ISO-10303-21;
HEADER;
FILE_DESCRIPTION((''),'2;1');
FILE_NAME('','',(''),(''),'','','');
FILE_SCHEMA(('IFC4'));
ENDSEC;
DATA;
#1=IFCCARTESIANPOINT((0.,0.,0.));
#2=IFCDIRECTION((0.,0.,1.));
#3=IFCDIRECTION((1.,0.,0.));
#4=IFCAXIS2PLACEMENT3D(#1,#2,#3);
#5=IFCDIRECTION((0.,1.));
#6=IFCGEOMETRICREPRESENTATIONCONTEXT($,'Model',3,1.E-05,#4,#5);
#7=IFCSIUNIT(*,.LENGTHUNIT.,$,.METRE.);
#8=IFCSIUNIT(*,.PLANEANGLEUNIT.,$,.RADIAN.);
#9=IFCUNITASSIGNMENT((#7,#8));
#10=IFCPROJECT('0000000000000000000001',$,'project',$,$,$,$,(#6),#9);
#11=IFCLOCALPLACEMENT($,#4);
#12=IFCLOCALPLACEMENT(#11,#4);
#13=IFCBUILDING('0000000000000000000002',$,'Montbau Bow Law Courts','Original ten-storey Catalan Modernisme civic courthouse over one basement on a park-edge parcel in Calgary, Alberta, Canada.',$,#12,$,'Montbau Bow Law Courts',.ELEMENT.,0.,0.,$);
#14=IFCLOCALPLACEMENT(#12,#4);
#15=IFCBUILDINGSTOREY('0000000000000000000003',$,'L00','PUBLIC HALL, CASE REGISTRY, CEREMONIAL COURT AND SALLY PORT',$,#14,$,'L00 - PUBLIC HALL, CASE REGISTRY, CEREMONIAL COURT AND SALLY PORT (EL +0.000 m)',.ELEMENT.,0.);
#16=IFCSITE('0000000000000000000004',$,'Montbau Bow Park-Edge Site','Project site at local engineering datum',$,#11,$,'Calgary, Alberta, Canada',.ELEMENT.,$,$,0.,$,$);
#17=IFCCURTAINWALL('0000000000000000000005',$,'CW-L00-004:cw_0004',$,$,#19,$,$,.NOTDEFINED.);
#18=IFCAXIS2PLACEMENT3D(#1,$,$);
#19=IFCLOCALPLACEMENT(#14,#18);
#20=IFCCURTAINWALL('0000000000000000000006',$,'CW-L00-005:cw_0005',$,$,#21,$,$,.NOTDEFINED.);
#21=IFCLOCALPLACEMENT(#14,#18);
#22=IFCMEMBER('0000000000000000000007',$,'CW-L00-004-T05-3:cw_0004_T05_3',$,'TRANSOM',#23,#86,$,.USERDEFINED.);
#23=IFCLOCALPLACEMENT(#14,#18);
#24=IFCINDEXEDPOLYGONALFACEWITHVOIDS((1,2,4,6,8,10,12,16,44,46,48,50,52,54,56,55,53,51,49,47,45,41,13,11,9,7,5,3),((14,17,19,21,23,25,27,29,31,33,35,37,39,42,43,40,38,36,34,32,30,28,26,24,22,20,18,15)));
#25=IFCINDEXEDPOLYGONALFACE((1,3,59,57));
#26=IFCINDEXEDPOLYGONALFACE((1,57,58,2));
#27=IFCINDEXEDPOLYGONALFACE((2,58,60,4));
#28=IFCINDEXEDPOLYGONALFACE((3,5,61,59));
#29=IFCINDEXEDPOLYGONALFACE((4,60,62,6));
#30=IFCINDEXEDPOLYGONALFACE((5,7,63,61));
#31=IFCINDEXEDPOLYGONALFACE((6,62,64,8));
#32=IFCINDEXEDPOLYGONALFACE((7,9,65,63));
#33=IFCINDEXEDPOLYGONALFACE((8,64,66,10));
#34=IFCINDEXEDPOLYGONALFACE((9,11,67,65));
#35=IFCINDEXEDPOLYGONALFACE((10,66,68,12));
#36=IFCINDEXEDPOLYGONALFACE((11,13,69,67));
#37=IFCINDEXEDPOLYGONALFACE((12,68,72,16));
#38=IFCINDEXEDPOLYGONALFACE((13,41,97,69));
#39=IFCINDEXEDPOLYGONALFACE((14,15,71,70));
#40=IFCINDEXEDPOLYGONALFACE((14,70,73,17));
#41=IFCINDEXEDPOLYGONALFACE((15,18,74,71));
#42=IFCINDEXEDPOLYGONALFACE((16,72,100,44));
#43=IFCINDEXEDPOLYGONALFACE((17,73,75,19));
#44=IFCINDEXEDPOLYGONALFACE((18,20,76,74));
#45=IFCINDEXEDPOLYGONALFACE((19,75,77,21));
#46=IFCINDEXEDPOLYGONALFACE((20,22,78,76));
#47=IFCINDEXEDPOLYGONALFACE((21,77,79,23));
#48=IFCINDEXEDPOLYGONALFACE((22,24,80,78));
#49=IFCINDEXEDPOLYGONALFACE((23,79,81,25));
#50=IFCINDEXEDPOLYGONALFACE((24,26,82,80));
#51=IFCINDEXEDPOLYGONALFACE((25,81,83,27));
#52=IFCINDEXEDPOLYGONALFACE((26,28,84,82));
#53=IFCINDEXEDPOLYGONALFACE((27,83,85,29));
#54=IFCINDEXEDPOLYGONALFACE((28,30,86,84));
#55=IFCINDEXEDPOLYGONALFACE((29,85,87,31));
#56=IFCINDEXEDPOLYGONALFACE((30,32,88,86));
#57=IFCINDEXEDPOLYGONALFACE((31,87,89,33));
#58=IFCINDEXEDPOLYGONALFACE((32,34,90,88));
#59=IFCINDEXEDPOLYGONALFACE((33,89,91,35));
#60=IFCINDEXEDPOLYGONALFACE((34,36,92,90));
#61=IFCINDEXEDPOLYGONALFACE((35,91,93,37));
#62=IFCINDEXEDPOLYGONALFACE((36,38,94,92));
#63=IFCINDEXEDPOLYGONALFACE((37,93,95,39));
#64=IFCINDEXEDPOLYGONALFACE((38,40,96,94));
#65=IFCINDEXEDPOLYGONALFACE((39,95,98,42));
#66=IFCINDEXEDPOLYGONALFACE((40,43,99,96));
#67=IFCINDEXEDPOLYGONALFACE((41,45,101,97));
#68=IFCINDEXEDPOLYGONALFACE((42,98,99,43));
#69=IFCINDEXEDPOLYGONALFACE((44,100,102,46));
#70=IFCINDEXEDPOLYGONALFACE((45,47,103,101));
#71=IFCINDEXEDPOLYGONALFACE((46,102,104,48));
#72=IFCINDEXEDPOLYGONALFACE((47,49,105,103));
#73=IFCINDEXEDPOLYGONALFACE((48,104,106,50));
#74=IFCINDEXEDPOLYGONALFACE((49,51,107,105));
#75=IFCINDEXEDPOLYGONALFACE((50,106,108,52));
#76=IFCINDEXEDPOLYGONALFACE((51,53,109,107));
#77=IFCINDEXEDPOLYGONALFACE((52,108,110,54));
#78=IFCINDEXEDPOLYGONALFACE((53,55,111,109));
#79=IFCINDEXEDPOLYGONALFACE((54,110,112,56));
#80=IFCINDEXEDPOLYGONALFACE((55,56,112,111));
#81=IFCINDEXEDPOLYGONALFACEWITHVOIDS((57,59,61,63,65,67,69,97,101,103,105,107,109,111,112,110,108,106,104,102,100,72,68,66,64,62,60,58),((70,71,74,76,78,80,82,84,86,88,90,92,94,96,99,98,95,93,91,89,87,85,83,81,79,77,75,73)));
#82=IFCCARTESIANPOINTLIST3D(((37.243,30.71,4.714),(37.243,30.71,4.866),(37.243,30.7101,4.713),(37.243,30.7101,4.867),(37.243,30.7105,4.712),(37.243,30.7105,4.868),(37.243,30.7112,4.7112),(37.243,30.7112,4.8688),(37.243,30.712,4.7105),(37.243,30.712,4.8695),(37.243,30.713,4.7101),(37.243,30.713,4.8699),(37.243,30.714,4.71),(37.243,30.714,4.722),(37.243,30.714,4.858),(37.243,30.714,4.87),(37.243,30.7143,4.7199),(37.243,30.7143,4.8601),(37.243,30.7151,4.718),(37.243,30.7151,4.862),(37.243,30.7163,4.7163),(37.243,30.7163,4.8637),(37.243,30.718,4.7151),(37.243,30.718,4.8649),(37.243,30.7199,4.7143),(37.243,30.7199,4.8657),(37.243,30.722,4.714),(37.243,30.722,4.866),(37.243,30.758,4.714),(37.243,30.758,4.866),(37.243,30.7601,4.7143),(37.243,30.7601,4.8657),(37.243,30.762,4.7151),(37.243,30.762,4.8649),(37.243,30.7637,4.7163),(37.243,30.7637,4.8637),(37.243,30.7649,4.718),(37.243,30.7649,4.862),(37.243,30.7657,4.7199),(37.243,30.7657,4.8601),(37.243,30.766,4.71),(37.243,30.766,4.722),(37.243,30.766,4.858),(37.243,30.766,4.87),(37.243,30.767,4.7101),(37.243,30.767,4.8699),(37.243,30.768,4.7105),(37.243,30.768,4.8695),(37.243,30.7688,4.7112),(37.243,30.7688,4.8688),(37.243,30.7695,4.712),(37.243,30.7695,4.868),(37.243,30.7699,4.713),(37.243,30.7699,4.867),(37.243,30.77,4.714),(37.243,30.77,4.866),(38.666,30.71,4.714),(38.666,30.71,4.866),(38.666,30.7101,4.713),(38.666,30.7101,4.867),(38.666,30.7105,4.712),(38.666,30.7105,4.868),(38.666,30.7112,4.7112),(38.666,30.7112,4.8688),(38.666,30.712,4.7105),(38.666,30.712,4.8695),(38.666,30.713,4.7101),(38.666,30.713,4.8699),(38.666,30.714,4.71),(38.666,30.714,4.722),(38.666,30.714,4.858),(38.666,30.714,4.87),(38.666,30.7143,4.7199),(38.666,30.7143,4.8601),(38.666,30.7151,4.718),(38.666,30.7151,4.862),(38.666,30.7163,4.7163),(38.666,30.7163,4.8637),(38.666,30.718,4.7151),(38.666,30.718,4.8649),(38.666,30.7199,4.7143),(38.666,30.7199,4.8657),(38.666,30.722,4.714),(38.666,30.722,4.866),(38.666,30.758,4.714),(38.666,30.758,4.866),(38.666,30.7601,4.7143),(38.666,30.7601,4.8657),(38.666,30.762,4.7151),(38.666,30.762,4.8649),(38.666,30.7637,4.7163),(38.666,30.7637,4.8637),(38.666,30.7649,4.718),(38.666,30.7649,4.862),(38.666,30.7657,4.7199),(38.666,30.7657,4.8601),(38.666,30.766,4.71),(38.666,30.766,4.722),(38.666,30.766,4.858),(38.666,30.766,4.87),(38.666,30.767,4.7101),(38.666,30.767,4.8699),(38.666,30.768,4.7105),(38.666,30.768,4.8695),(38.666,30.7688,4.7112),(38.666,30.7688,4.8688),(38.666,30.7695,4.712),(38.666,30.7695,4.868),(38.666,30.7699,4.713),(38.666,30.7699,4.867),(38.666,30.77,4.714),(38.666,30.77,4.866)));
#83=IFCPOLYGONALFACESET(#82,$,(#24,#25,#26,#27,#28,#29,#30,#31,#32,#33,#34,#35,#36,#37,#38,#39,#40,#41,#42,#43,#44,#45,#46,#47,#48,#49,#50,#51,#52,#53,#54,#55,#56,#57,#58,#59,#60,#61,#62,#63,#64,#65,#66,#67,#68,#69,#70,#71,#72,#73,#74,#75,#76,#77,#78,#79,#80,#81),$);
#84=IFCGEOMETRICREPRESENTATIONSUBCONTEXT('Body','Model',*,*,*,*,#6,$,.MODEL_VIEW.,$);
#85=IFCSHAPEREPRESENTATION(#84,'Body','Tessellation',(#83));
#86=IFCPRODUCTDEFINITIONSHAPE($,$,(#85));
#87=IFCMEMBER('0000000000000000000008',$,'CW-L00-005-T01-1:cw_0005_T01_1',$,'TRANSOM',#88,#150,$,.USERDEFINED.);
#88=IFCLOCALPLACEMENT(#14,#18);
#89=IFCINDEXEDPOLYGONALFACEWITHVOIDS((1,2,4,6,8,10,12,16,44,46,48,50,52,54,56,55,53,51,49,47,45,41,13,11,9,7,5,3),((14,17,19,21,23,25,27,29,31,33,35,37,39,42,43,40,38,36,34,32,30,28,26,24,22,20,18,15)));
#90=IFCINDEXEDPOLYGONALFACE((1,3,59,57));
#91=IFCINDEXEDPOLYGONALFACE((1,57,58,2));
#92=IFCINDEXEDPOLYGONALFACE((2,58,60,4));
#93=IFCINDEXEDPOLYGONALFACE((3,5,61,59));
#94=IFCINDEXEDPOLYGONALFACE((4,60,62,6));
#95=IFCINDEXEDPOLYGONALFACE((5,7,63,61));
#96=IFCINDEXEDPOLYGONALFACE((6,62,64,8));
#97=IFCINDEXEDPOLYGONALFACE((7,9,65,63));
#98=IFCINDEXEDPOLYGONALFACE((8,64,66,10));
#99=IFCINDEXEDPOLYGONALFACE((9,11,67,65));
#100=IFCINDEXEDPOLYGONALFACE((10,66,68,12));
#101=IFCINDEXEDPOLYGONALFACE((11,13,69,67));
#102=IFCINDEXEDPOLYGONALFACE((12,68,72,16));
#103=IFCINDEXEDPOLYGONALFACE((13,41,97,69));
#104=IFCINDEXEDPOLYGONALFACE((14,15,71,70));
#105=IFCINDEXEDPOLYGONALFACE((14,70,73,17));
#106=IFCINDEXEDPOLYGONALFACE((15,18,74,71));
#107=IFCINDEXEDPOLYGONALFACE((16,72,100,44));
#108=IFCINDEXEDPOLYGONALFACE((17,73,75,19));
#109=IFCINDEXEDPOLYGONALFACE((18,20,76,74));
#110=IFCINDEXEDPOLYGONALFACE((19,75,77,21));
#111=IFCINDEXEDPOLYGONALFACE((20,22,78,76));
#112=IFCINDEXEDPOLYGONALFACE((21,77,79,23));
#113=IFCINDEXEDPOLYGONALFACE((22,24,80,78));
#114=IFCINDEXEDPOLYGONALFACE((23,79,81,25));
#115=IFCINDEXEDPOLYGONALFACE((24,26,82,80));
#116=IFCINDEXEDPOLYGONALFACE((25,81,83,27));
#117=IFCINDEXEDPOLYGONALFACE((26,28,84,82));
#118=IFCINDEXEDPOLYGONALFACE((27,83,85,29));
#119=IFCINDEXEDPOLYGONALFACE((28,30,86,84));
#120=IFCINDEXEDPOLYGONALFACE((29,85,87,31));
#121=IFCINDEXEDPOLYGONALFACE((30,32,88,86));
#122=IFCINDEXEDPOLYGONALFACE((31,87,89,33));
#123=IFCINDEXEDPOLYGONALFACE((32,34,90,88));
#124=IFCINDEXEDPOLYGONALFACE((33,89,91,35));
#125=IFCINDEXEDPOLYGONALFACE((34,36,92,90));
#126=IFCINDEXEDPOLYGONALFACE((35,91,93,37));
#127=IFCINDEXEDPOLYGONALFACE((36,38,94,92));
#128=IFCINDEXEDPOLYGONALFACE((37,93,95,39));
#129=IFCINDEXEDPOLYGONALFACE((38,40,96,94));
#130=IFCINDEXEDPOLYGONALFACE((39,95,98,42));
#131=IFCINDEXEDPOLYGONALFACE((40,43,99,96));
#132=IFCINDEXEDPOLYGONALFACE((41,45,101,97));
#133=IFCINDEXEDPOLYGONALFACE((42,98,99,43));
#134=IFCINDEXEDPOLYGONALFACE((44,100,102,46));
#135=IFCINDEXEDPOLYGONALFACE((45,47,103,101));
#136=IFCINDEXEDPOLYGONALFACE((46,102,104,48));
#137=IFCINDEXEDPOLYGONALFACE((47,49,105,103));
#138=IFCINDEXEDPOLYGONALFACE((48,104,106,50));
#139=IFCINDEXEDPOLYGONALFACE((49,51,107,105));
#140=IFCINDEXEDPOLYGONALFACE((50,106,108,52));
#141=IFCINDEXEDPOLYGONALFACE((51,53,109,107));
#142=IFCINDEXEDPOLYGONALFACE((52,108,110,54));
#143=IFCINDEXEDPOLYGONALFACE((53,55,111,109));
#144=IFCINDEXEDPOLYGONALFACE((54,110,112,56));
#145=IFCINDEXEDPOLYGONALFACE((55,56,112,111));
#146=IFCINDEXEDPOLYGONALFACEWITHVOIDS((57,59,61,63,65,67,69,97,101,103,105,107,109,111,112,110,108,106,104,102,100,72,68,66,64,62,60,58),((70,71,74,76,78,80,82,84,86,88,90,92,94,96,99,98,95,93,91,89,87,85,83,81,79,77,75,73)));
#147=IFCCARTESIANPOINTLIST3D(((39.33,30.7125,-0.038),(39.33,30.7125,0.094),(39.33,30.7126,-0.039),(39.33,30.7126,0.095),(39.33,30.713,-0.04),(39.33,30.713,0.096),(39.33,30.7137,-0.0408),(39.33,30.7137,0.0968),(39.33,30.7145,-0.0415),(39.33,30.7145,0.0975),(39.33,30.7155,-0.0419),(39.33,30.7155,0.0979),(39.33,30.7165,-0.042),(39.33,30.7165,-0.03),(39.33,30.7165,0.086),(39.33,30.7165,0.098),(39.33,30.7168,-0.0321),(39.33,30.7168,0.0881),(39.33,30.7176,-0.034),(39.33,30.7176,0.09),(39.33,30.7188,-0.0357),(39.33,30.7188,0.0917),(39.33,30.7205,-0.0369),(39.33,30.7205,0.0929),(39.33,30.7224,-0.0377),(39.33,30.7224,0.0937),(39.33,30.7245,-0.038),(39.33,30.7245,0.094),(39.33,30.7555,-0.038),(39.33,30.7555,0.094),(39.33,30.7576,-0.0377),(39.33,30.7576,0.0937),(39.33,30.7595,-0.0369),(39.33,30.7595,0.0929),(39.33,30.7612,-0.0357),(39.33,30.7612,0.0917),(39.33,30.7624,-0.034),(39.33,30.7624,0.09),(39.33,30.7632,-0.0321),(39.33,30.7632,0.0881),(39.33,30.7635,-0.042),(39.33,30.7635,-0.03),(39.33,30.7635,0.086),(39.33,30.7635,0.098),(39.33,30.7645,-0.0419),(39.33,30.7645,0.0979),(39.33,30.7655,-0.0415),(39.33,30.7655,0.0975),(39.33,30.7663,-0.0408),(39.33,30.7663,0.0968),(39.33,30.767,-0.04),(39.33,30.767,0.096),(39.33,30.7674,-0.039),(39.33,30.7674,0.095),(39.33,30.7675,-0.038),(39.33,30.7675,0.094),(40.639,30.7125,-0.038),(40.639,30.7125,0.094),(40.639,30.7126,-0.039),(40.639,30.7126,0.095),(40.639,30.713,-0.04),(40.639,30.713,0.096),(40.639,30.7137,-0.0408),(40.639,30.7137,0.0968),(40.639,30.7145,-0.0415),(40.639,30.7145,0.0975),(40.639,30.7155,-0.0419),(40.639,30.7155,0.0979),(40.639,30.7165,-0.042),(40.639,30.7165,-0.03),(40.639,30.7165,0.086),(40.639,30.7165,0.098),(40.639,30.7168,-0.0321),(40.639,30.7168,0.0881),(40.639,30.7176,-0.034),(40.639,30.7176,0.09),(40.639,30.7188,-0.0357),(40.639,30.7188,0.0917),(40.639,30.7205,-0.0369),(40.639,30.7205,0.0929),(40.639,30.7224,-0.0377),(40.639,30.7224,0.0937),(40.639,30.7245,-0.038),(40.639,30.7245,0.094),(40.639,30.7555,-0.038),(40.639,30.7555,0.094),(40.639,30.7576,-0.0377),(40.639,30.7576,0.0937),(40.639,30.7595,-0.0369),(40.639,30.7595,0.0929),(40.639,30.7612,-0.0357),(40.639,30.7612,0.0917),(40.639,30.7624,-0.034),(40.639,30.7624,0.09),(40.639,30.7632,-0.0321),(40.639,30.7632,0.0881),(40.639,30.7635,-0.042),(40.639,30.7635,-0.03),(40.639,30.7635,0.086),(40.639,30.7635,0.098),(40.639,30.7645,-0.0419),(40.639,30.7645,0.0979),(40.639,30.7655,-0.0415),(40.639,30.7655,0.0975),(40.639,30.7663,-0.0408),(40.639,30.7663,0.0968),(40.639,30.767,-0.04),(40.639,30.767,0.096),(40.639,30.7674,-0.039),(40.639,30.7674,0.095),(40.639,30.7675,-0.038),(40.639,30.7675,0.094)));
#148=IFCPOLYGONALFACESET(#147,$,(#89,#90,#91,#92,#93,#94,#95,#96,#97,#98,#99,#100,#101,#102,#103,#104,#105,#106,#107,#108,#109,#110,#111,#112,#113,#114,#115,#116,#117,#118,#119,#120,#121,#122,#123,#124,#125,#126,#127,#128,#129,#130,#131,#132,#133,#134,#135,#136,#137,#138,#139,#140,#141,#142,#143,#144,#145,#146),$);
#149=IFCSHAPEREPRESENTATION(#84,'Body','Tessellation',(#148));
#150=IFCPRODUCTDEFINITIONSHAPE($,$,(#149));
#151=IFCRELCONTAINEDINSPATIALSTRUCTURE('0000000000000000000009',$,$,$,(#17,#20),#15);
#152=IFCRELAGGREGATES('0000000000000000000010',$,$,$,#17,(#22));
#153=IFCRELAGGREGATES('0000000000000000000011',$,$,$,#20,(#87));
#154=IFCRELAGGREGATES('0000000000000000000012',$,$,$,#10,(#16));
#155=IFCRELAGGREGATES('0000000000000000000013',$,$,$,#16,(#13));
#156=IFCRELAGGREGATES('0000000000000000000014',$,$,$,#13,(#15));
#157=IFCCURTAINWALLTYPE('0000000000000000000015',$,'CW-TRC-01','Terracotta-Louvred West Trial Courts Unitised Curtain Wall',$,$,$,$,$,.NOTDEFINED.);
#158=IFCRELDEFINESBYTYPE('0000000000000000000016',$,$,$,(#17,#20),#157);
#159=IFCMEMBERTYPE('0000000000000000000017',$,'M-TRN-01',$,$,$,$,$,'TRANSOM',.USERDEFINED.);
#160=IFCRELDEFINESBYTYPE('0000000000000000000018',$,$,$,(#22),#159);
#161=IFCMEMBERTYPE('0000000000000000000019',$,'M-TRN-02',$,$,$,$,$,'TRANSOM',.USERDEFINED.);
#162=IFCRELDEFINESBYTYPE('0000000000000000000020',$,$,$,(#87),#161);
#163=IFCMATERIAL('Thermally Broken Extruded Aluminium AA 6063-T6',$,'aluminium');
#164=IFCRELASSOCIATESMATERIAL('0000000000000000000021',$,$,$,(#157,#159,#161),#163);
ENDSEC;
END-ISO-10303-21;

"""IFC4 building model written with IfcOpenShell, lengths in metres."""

from ifc_helpers import new_model, si_unit, direction, frame, origin_with_axes, origin_2d_with_axis, place, context, subcontext, project, spatial, hollow_rectangle, extrude, material, material_profile, profile_set, type_object, element, aggregate, save


model = new_model("IFC4")

# Units and contexts
model_context = context("Model", 3, precision=1e-05, world=origin_with_axes(), true_north=direction((0.0, 1.0)))
body_context = subcontext(model_context, "Body", "Model", "MODEL_VIEW")
ifc_project = project(units=[si_unit("LENGTHUNIT", "METRE"), si_unit("PLANEANGLEUNIT", "RADIAN")], contexts=[model_context])

# Site, building, storey
site_placement = place(None, origin_with_axes())
site = spatial("IfcSite", under=ifc_project, at=site_placement, Name="Montbau Bow Park-Edge Site", Description="Project site at local engineering datum", LongName="Calgary, Alberta, Canada", CompositionType="ELEMENT", RefElevation=0.0)
building_placement = place(site_placement, origin_with_axes())
building = spatial("IfcBuilding", under=site, at=building_placement, Name="Montbau Bow Law Courts", Description="Original ten-storey Catalan Modernisme civic courthouse over one basement on a park-edge parcel in Calgary, Alberta, Canada.", LongName="Montbau Bow Law Courts", CompositionType="ELEMENT", ElevationOfRefHeight=0.0, ElevationOfTerrain=0.0)
storey_placement = place(building_placement, origin_with_axes())
storey = spatial("IfcBuildingStorey", under=building, at=storey_placement, Name="L00", Description="PUBLIC HALL, CASE REGISTRY, CEREMONIAL COURT AND SALLY PORT", LongName="L00 - PUBLIC HALL, CASE REGISTRY, CEREMONIAL COURT AND SALLY PORT (EL +0.000 m)", CompositionType="ELEMENT", Elevation=0.0)

# Curtain wall
ifc_material_1 = material(Name="Thermally Broken Extruded Aluminium AA 6063-T6", Category="aluminium")
curtain_wall_type = type_object("IfcCurtainWallType", Name="CW-TRC-01", Description="Terracotta-Louvred West Trial Courts Unitised Curtain Wall", PredefinedType="NOTDEFINED", material=ifc_material_1)
curtain_wall_1_placement = place(None, frame((31.115, 30.74, 0.0), z_axis=(0.0, 0.0, 1.0), x_axis=(1.0, 0.0, 0.0)))
curtain_wall_1 = element("IfcCurtainWall", 1, at=curtain_wall_1_placement, inside=storey, type_object=curtain_wall_type, Name="CW-L00-004:cw_0004", PredefinedType="NOTDEFINED")

# Curtain wall
curtain_wall_2_placement = place(None, frame((39.268, 30.74, 0.0), z_axis=(0.0, 0.0, 1.0), x_axis=(1.0, 0.0, 0.0)))
curtain_wall_2 = element("IfcCurtainWall", 2, at=curtain_wall_2_placement, inside=storey, type_object=curtain_wall_type, Name="CW-L00-005:cw_0005", PredefinedType="NOTDEFINED")

# Members
ifc_material_profile_1 = material_profile(ifc_material_1, hollow_rectangle(XDim=0.06, YDim=0.16, WallThickness=0.004, InnerFilletRadius=0.008, OuterFilletRadius=0.004, at=origin_2d_with_axis()), Name="CWT-160X60", Category="Main", Priority=0)
ifc_profile_set_1 = profile_set([ifc_material_profile_1], Name="Thermally Broken Extruded Aluminium AA 6063-T6")
member_type_1 = type_object("IfcMemberType", Name="M-TRN-01", ElementType="TRANSOM", PredefinedType="USERDEFINED", material=ifc_profile_set_1)
member_1_placement = place(None, frame((37.243, 30.74, 4.79), z_axis=(1.0, 0.0, 0.0), x_axis=(0.0, 1.0, 0.0)))
member_1 = element("IfcMember", 3, at=member_1_placement, type_object=member_type_1, Name="CW-L00-004-T05-3:cw_0004_T05_3", ObjectType="TRANSOM", PredefinedType="USERDEFINED", context=body_context, shape_type="SweptSolid", body=[
    extrude(hollow_rectangle(XDim=0.06, YDim=0.16, WallThickness=0.004, InnerFilletRadius=0.008, OuterFilletRadius=0.004, at=origin_2d_with_axis()), origin_with_axes(), (0.0, 0.0, 1.0), 1.423),
])
aggregate(curtain_wall_1, [member_1])
ifc_material_profile_2 = material_profile(ifc_material_1, hollow_rectangle(XDim=0.055, YDim=0.14, WallThickness=0.004, InnerFilletRadius=0.008, OuterFilletRadius=0.004, at=origin_2d_with_axis()), Name="CWT-140X55", Category="Main", Priority=0)
ifc_profile_set_2 = profile_set([ifc_material_profile_2], Name="Thermally Broken Extruded Aluminium AA 6063-T6")
member_type_2 = type_object("IfcMemberType", Name="M-TRN-02", ElementType="TRANSOM", PredefinedType="USERDEFINED", material=ifc_profile_set_2)
member_2_placement = place(None, frame((39.33, 30.74, 0.028), z_axis=(1.0, 0.0, 0.0), x_axis=(0.0, 1.0, 0.0)))
member_2 = element("IfcMember", 4, at=member_2_placement, type_object=member_type_2, Name="CW-L00-005-T01-1:cw_0005_T01_1", ObjectType="TRANSOM", PredefinedType="USERDEFINED", context=body_context, shape_type="SweptSolid", body=[
    extrude(hollow_rectangle(XDim=0.055, YDim=0.14, WallThickness=0.004, InnerFilletRadius=0.008, OuterFilletRadius=0.004, at=origin_2d_with_axis()), origin_with_axes(), (0.0, 0.0, 1.0), 1.309),
])

aggregate(curtain_wall_2, [member_2])

save(model, "model.ifc")
